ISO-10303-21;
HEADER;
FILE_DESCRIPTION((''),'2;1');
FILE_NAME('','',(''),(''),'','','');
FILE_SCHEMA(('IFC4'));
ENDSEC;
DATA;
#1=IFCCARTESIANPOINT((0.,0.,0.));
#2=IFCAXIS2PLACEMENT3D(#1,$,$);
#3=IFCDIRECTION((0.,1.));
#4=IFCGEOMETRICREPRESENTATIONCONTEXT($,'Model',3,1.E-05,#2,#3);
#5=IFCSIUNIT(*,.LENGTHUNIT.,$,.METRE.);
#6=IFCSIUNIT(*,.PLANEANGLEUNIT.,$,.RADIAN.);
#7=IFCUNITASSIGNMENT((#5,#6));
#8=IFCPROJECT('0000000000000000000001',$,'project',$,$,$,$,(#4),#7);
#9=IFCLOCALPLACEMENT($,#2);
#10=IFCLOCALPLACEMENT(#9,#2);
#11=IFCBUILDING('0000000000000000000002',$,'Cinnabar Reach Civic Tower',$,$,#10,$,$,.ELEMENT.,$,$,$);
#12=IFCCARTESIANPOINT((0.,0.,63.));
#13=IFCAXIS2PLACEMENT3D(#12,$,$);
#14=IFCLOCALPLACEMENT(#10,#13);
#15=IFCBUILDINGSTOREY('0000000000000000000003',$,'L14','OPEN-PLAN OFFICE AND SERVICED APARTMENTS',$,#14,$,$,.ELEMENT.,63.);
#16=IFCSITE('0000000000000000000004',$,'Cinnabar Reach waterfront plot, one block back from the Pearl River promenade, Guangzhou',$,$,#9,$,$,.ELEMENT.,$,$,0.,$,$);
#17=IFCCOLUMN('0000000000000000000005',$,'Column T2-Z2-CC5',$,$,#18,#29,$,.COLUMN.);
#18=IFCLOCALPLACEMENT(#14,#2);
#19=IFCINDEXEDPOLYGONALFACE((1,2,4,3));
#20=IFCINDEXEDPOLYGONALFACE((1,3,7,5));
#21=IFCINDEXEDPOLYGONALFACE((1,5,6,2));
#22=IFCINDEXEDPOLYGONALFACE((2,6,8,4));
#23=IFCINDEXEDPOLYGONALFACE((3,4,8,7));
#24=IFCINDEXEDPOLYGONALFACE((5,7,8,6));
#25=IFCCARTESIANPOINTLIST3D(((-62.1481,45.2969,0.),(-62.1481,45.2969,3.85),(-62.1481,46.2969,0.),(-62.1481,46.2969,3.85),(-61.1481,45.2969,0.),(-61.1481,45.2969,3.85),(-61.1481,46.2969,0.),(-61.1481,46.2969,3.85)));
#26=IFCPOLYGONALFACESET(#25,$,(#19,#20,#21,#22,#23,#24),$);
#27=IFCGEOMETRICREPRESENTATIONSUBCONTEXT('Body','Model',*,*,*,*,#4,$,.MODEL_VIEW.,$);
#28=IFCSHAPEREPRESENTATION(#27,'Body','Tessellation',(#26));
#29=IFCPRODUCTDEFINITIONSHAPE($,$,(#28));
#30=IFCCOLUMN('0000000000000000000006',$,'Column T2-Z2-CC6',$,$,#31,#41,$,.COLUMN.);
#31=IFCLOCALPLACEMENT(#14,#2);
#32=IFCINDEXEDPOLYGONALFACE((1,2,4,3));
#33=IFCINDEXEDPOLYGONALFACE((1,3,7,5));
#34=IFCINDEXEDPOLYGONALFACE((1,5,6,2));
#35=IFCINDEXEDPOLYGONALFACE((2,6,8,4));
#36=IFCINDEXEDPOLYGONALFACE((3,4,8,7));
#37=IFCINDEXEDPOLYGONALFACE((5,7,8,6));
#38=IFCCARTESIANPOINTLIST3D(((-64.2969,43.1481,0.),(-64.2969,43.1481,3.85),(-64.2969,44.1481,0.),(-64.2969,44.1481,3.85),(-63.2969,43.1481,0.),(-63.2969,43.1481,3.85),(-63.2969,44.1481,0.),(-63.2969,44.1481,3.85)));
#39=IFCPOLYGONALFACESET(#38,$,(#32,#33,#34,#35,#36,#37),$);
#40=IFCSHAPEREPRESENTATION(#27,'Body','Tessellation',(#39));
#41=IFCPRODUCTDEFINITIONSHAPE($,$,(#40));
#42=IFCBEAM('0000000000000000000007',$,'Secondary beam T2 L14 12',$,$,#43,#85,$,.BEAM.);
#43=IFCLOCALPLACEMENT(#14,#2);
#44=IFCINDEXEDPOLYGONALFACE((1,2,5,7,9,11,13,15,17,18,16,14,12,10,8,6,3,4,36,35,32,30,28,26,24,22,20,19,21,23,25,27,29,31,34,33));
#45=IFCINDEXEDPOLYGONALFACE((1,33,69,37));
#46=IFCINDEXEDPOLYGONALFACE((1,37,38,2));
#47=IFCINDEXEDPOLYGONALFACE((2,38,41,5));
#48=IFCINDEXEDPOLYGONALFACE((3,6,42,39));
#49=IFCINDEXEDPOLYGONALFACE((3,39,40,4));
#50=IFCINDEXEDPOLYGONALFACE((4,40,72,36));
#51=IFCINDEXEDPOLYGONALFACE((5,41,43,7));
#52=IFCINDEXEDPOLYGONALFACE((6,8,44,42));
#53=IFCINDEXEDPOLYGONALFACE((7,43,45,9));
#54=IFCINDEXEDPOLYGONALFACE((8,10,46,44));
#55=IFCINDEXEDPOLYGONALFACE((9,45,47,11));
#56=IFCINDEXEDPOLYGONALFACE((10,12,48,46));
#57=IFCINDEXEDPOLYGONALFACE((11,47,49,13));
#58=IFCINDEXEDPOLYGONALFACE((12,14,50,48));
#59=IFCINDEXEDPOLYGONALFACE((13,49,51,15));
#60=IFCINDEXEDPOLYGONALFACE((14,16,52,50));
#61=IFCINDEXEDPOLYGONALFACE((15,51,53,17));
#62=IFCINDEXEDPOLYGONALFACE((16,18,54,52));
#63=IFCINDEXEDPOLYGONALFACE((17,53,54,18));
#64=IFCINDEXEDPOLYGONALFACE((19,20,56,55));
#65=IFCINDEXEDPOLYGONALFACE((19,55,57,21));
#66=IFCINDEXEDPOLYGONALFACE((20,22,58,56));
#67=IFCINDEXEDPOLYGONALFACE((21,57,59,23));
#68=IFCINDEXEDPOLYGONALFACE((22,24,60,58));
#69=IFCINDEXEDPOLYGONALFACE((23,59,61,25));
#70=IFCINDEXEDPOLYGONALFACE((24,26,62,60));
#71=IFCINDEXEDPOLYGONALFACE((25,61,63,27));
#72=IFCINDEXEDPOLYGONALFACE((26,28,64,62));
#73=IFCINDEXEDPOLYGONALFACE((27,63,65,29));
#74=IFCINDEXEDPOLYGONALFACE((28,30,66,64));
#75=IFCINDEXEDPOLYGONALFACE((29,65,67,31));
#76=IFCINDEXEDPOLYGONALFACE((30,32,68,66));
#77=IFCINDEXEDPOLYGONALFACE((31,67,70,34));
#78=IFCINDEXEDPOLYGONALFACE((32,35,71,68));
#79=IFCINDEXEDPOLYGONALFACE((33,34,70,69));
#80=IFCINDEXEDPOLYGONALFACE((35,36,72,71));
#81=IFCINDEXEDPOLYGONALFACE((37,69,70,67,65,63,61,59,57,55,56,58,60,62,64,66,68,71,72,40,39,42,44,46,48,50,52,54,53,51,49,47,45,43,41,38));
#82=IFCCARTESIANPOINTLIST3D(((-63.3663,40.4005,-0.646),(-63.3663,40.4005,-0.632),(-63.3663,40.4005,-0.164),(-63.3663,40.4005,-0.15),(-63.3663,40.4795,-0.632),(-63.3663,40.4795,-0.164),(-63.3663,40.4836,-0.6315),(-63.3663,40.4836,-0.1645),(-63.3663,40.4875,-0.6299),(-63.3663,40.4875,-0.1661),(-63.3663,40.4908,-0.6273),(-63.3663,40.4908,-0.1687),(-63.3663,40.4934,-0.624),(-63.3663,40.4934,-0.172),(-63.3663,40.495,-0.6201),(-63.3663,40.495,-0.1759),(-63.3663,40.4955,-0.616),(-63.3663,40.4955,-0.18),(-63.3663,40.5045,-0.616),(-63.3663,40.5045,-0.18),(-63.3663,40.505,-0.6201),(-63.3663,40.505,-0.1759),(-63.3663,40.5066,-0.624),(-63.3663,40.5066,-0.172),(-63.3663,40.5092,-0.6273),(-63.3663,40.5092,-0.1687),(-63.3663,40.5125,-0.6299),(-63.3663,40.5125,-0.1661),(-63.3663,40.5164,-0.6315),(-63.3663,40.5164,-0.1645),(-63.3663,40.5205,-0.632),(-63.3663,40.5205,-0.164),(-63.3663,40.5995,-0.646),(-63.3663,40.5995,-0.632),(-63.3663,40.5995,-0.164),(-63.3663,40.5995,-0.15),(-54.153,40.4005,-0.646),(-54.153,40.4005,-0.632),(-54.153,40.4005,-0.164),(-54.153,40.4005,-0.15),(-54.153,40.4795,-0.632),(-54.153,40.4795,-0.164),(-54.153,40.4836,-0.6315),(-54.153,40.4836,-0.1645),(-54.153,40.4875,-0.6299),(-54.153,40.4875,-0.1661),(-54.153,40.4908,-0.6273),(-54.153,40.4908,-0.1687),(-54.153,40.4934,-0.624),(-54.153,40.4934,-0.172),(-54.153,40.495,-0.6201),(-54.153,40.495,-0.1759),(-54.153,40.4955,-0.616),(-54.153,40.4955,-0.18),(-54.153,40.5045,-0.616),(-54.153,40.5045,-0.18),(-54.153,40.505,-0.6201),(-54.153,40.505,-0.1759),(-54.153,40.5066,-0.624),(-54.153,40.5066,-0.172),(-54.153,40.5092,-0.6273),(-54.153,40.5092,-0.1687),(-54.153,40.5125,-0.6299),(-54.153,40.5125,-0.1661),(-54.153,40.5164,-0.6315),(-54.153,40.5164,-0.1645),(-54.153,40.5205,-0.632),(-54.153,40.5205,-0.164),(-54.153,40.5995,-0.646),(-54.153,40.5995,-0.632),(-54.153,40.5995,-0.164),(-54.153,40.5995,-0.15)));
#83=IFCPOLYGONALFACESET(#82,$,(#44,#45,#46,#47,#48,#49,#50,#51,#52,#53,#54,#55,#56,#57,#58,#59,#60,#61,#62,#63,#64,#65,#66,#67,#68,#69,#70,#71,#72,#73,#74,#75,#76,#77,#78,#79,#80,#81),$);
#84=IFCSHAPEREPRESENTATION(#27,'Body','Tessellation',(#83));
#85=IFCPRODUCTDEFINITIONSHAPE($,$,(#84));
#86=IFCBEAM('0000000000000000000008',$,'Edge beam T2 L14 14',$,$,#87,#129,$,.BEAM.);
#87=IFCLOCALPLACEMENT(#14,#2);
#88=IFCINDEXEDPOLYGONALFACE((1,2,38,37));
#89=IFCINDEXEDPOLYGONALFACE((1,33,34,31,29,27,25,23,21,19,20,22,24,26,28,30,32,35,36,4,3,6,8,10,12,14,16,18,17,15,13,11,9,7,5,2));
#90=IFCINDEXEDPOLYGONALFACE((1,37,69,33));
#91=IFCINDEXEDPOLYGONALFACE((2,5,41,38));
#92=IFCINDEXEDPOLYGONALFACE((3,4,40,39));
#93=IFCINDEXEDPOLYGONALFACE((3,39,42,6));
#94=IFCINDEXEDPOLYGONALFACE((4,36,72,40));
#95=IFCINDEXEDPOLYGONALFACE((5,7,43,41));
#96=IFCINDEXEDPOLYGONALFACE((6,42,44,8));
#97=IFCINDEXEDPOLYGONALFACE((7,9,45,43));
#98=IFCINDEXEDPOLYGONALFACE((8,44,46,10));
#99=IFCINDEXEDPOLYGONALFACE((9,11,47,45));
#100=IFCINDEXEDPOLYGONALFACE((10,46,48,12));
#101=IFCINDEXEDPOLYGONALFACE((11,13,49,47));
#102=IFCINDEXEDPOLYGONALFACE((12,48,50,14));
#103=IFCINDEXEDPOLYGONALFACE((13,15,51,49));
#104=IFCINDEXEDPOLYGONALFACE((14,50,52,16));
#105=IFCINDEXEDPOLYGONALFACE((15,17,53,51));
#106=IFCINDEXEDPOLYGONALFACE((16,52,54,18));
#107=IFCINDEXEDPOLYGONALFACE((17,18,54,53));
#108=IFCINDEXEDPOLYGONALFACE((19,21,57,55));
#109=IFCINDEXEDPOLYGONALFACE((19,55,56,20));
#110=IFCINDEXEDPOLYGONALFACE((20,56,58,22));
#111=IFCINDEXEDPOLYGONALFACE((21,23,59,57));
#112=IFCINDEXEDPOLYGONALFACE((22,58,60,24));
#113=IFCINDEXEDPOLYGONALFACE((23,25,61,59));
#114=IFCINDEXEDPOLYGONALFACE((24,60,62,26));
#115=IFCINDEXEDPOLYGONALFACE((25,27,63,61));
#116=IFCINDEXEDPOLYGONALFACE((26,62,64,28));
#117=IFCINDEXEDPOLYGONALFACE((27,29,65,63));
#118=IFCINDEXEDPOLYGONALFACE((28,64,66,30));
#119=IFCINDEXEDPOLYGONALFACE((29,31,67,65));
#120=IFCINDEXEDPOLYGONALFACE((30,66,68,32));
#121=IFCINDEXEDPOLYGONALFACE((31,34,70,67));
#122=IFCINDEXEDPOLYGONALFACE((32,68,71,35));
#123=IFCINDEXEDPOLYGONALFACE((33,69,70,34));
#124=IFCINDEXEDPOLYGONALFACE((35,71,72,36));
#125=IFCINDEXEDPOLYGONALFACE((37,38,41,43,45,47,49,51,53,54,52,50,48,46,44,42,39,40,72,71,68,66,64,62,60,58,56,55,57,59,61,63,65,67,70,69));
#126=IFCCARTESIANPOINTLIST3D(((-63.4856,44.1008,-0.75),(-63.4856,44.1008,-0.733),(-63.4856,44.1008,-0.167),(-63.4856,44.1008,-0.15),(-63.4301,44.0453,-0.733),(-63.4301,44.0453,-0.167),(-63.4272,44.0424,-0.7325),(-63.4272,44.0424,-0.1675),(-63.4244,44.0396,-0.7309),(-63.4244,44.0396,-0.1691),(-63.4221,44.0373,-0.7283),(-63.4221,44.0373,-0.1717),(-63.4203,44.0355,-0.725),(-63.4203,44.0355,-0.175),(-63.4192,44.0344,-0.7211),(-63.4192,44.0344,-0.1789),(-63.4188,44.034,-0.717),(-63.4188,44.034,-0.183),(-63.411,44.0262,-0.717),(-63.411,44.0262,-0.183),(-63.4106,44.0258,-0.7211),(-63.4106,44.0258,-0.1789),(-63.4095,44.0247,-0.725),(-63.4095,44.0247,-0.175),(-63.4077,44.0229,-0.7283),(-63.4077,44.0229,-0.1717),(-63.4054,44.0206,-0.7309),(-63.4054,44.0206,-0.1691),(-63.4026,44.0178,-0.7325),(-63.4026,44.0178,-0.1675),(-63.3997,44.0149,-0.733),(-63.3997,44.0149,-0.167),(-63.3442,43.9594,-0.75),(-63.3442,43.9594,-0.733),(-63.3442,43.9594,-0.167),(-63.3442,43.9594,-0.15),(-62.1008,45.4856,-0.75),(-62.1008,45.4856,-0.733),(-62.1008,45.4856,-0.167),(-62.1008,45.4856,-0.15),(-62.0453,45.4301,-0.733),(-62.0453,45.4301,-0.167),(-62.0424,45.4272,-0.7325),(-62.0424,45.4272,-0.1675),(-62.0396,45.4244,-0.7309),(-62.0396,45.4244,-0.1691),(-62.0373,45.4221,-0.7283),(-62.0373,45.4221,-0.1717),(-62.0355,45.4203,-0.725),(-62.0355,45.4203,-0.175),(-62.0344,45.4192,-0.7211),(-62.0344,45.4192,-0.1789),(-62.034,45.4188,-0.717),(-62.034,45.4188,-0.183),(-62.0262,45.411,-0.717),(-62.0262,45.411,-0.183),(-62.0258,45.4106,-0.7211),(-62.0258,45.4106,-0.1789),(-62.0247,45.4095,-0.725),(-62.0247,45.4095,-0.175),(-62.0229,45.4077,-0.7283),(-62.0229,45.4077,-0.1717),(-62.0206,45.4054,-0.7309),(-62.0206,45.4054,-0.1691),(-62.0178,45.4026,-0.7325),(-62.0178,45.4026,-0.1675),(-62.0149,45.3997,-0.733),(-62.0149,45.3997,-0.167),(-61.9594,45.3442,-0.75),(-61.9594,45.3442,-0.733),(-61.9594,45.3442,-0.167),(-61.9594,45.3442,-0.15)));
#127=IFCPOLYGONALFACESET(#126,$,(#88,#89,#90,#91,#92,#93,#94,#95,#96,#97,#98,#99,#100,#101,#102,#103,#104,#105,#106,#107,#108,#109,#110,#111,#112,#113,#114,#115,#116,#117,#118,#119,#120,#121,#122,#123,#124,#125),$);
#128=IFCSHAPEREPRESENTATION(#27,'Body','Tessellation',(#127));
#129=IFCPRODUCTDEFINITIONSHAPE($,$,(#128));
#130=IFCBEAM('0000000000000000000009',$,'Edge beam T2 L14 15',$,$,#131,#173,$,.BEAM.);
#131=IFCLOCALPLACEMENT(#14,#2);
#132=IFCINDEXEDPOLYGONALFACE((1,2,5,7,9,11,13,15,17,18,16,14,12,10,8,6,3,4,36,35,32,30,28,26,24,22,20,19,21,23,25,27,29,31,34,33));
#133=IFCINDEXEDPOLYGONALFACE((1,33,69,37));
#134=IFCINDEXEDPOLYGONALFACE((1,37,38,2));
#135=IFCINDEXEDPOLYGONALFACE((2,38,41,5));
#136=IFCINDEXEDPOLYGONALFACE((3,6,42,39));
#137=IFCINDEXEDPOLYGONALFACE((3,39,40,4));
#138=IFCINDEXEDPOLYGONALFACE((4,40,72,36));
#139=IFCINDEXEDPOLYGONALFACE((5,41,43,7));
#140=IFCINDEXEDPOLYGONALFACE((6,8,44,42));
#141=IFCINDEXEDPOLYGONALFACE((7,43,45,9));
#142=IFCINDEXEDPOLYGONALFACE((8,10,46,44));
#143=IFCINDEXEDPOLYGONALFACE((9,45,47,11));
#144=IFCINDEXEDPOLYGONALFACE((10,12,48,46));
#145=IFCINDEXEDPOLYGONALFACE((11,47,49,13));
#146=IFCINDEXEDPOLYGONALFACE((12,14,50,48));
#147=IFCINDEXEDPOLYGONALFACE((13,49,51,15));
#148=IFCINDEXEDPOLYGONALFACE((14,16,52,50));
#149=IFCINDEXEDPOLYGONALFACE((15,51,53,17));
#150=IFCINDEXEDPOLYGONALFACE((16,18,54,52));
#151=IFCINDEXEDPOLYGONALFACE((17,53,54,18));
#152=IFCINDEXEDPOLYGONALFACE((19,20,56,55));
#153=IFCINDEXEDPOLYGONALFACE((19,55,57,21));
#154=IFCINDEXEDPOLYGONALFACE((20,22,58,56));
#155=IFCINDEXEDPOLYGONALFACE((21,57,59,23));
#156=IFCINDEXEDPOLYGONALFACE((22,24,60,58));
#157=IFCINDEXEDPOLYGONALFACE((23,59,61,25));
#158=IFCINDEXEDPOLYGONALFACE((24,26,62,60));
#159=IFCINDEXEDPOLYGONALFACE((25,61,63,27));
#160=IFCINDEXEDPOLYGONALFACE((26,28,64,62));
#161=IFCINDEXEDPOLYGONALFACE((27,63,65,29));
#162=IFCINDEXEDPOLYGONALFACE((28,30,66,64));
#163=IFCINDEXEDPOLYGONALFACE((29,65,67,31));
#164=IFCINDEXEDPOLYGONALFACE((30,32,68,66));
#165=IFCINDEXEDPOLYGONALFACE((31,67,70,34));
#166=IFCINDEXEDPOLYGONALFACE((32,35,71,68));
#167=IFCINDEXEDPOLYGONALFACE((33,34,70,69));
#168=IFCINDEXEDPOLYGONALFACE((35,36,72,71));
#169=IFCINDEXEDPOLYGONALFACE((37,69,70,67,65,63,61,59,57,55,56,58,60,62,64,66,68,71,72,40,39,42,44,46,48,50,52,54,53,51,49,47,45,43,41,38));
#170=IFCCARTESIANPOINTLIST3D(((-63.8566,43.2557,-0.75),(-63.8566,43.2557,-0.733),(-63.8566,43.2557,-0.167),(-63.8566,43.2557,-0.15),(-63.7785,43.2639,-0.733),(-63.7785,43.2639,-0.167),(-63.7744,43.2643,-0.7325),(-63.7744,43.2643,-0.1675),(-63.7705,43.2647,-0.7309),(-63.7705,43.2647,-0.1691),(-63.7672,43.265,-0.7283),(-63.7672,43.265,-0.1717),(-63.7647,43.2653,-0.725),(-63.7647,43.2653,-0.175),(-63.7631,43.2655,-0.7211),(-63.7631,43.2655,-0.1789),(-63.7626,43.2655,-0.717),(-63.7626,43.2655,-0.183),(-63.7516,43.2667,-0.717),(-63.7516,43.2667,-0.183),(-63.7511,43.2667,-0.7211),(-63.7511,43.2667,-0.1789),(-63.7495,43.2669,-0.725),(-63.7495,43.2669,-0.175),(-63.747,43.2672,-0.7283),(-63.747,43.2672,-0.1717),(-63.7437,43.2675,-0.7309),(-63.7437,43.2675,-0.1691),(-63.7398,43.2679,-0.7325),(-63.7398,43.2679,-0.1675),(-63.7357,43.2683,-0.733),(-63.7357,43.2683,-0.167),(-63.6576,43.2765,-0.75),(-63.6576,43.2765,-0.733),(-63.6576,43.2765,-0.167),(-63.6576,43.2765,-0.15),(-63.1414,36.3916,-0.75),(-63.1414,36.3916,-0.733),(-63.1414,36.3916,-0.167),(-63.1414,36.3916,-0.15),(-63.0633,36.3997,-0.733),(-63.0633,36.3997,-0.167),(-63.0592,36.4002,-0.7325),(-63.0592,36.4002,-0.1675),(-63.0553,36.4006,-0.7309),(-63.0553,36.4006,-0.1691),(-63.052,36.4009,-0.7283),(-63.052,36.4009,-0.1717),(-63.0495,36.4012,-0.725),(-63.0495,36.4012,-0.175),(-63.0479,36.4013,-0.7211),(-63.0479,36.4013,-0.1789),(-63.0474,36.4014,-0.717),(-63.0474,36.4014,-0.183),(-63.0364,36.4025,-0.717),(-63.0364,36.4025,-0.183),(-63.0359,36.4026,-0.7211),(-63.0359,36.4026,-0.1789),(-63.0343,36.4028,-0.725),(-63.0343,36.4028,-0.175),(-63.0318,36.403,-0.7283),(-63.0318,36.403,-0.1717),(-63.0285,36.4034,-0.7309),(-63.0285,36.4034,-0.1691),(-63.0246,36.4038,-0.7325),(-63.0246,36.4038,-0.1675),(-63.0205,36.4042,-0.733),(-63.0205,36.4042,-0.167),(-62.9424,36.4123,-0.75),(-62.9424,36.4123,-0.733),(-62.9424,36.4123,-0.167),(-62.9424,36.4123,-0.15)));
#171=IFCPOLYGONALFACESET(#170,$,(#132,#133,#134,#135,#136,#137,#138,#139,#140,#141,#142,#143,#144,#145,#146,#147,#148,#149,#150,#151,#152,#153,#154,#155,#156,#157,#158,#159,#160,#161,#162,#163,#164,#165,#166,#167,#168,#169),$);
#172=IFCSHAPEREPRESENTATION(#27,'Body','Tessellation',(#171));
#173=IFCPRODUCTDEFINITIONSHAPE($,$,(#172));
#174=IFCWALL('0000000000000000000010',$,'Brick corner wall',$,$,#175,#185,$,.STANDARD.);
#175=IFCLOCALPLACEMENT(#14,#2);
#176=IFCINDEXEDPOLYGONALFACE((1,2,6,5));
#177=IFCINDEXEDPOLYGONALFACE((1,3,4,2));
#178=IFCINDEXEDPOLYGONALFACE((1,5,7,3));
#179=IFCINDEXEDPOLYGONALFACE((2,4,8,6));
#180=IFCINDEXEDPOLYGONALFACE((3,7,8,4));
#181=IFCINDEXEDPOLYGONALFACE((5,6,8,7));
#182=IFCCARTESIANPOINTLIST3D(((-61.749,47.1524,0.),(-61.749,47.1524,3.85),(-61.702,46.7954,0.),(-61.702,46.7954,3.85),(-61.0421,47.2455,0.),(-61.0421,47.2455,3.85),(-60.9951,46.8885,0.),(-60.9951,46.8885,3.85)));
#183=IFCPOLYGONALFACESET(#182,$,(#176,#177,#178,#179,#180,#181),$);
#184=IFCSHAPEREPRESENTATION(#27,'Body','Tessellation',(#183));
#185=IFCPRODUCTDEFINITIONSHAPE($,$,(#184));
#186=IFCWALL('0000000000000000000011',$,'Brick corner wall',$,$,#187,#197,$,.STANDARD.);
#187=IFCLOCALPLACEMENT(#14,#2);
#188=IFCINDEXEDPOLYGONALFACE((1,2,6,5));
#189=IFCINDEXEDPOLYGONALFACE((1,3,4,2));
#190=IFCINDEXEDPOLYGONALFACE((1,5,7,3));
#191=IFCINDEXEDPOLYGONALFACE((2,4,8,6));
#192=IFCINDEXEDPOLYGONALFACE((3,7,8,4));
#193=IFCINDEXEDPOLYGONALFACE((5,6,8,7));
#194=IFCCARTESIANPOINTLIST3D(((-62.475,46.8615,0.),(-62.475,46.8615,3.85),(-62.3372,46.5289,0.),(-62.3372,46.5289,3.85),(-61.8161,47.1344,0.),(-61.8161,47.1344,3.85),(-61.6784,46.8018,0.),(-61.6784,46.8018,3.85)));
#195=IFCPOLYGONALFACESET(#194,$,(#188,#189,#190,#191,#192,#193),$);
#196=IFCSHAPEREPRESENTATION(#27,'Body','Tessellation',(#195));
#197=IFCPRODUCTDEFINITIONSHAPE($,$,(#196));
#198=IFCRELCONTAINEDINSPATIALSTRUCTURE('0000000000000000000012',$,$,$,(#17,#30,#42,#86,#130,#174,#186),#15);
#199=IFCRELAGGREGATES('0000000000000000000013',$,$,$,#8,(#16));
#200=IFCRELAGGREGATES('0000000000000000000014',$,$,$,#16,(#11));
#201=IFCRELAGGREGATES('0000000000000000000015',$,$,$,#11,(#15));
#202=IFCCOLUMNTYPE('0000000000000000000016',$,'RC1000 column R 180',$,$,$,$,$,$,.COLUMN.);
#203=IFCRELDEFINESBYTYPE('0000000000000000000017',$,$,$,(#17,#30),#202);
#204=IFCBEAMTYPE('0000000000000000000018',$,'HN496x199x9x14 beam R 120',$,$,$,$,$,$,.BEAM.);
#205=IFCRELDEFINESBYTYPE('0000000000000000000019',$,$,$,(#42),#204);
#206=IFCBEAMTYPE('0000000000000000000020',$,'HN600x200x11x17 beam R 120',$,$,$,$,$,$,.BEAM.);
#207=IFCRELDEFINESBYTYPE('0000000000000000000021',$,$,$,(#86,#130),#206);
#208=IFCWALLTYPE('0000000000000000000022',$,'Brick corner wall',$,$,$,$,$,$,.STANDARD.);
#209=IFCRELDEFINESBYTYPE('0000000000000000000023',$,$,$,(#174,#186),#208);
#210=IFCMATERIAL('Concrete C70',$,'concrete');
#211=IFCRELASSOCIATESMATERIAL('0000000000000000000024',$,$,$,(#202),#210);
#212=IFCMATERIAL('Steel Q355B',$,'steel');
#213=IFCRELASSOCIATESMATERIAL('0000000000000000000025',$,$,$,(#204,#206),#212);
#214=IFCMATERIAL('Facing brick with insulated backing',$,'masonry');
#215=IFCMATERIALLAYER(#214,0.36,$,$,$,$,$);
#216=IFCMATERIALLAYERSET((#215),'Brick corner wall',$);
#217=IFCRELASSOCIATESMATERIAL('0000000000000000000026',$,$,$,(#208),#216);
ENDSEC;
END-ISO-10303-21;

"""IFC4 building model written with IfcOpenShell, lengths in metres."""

from ifc_helpers import new_model, si_unit, direction, frame, frame_2d, origin, origin_2d, place, context, subcontext, project, spatial, rectangle, i_section, extrude, material, layer, layer_set, material_profile, profile_set, type_object, element, save


model = new_model("IFC4")

# Units and contexts
model_context = context("Model", 3, precision=1e-05, world=origin(), true_north=direction((0.0, 1.0)))
body_context = subcontext(model_context, "Body", "Model", "MODEL_VIEW")
ifc_project = project(units=[si_unit("LENGTHUNIT", "METRE"), si_unit("PLANEANGLEUNIT", "RADIAN")], contexts=[model_context])

# Site, building, storey
site_placement = place(None, origin())
site = spatial("IfcSite", under=ifc_project, at=site_placement, Name="Cinnabar Reach waterfront plot, one block back from the Pearl River promenade, Guangzhou", CompositionType="ELEMENT", RefElevation=0.0)
building_placement = place(site_placement, origin())
building = spatial("IfcBuilding", under=site, at=building_placement, Name="Cinnabar Reach Civic Tower", CompositionType="ELEMENT")
storey_placement = place(building_placement, frame((0.0, 0.0, 63.0)))
storey = spatial("IfcBuildingStorey", under=building, at=storey_placement, Name="L14", Description="OPEN-PLAN OFFICE AND SERVICED APARTMENTS", CompositionType="ELEMENT", Elevation=63.0)

# Columns
ifc_material_1 = material(Name="Concrete C70", Category="concrete")
ifc_material_profile_1 = material_profile(ifc_material_1, rectangle(XDim=1.0, YDim=1.0, at=origin_2d()), Name="RC1000")
ifc_profile_set_1 = profile_set([ifc_material_profile_1], Name="Concrete C70")
column_type = type_object("IfcColumnType", Name="RC1000 column R 180", PredefinedType="COLUMN", material=ifc_profile_set_1)
for number, where, z_axis, x_axis, name in (
    (1, (-61.6481, 45.7969, 0.0), (0.0, 0.0, 1.0), (1.0, 0.0, 0.0), "Column T2-Z2-CC5"),
    (2, (-63.7969, 43.6481, 0.0), (0.0, 0.0, 1.0), (1.0, 0.0, 0.0), "Column T2-Z2-CC6"),
):
    element("IfcColumn", number, at=place(storey_placement, frame(where, z_axis=z_axis, x_axis=x_axis)), inside=storey, type_object=column_type, Name=name, PredefinedType="COLUMN", context=body_context, shape_type="SweptSolid", body=[
        extrude(rectangle(XDim=1.0, YDim=1.0, at=origin_2d()), origin(), (0.0, 0.0, 1.0), 3.85),
    ])

# Beams
ifc_material_2 = material(Name="Steel Q355B", Category="steel")
ifc_material_profile_2 = material_profile(ifc_material_2, i_section(OverallWidth=0.199, OverallDepth=0.496, WebThickness=0.009, FlangeThickness=0.014, FilletRadius=0.016, at=origin_2d()), Name="HN496x199x9x14")
ifc_profile_set_2 = profile_set([ifc_material_profile_2], Name="Steel Q355B")
beam_type_1 = type_object("IfcBeamType", Name="HN496x199x9x14 beam R 120", PredefinedType="BEAM", material=ifc_profile_set_2)
beam_1_placement = place(storey_placement, frame((-63.3663, 40.5, -0.398), z_axis=(1.0, 0.0, 0.0), x_axis=(0.0, 1.0, 0.0)))
element("IfcBeam", 3, at=beam_1_placement, inside=storey, type_object=beam_type_1, Name="Secondary beam T2 L14 12", PredefinedType="BEAM", context=body_context, shape_type="SweptSolid", body=[
    extrude(i_section(OverallWidth=0.199, OverallDepth=0.496, WebThickness=0.009, FlangeThickness=0.014, FilletRadius=0.016, at=origin_2d()), origin(), (0.0, 0.0, 1.0), 9.2133),
])
ifc_material_profile_3 = material_profile(ifc_material_2, i_section(OverallWidth=0.2, OverallDepth=0.6, WebThickness=0.011, FlangeThickness=0.017, FilletRadius=0.016, at=origin_2d()), Name="HN600x200x11x17")
ifc_profile_set_3 = profile_set([ifc_material_profile_3], Name="Steel Q355B")
beam_type_2 = type_object("IfcBeamType", Name="HN600x200x11x17 beam R 120", PredefinedType="BEAM", material=ifc_profile_set_3)
beam_2_placement = place(storey_placement, frame((-62.0301, 45.4149, -0.45), z_axis=(-0.707107, -0.707107, 0.0), x_axis=(0.707107, -0.707107, 0.0)))
element("IfcBeam", 4, at=beam_2_placement, inside=storey, type_object=beam_type_2, Name="Edge beam T2 L14 14", PredefinedType="BEAM", context=body_context, shape_type="SweptSolid", body=[
    extrude(i_section(OverallWidth=0.2, OverallDepth=0.6, WebThickness=0.011, FlangeThickness=0.017, FilletRadius=0.016, at=origin_2d()), origin(), (0.0, 0.0, 1.0), 1.9584),
])
beam_3_placement = place(storey_placement, frame((-63.7571, 43.2661, -0.45), z_axis=(0.103633, -0.994616, 0.0), x_axis=(0.994616, 0.103633, 0.0)))
element("IfcBeam", 5, at=beam_3_placement, inside=storey, type_object=beam_type_2, Name="Edge beam T2 L14 15", PredefinedType="BEAM", context=body_context, shape_type="SweptSolid", body=[
    extrude(i_section(OverallWidth=0.2, OverallDepth=0.6, WebThickness=0.011, FlangeThickness=0.017, FilletRadius=0.016, at=origin_2d()), origin(), (0.0, 0.0, 1.0), 6.9013),
])

# Walls
ifc_material_3 = material(Name="Facing brick with insulated backing", Category="masonry")
ifc_layer_1 = layer(ifc_material_3, 0.36)
ifc_layer_set_1 = layer_set([ifc_layer_1], Name="Brick corner wall")
wall_type_1 = type_object("IfcWallType", Name="Brick corner wall", PredefinedType="STANDARD", material=ifc_layer_set_1)
for number, where, z_axis, x_axis, name in (
    (6, (-61.0186, 47.067, 0.0), (0.0, 0.0, 1.0), (-0.991441, -0.130556, 0.0), "Brick corner wall"),
    (7, (-61.7473, 46.9681, 0.0), (0.0, 0.0, 1.0), (-0.923872, -0.382703, 0.0), "Brick corner wall"),
):
    element("IfcWall", number, at=place(storey_placement, frame(where, z_axis=z_axis, x_axis=x_axis)), inside=storey, type_object=wall_type_1, Name=name, PredefinedType="STANDARD", context=body_context, shape_type="SweptSolid", body=[
        extrude(rectangle(XDim=0.7131, YDim=0.36, at=frame_2d((0.3565, 0.0))), origin(), (0.0, 0.0, 1.0), 3.85),
    ])

save(model, "model.ifc")
